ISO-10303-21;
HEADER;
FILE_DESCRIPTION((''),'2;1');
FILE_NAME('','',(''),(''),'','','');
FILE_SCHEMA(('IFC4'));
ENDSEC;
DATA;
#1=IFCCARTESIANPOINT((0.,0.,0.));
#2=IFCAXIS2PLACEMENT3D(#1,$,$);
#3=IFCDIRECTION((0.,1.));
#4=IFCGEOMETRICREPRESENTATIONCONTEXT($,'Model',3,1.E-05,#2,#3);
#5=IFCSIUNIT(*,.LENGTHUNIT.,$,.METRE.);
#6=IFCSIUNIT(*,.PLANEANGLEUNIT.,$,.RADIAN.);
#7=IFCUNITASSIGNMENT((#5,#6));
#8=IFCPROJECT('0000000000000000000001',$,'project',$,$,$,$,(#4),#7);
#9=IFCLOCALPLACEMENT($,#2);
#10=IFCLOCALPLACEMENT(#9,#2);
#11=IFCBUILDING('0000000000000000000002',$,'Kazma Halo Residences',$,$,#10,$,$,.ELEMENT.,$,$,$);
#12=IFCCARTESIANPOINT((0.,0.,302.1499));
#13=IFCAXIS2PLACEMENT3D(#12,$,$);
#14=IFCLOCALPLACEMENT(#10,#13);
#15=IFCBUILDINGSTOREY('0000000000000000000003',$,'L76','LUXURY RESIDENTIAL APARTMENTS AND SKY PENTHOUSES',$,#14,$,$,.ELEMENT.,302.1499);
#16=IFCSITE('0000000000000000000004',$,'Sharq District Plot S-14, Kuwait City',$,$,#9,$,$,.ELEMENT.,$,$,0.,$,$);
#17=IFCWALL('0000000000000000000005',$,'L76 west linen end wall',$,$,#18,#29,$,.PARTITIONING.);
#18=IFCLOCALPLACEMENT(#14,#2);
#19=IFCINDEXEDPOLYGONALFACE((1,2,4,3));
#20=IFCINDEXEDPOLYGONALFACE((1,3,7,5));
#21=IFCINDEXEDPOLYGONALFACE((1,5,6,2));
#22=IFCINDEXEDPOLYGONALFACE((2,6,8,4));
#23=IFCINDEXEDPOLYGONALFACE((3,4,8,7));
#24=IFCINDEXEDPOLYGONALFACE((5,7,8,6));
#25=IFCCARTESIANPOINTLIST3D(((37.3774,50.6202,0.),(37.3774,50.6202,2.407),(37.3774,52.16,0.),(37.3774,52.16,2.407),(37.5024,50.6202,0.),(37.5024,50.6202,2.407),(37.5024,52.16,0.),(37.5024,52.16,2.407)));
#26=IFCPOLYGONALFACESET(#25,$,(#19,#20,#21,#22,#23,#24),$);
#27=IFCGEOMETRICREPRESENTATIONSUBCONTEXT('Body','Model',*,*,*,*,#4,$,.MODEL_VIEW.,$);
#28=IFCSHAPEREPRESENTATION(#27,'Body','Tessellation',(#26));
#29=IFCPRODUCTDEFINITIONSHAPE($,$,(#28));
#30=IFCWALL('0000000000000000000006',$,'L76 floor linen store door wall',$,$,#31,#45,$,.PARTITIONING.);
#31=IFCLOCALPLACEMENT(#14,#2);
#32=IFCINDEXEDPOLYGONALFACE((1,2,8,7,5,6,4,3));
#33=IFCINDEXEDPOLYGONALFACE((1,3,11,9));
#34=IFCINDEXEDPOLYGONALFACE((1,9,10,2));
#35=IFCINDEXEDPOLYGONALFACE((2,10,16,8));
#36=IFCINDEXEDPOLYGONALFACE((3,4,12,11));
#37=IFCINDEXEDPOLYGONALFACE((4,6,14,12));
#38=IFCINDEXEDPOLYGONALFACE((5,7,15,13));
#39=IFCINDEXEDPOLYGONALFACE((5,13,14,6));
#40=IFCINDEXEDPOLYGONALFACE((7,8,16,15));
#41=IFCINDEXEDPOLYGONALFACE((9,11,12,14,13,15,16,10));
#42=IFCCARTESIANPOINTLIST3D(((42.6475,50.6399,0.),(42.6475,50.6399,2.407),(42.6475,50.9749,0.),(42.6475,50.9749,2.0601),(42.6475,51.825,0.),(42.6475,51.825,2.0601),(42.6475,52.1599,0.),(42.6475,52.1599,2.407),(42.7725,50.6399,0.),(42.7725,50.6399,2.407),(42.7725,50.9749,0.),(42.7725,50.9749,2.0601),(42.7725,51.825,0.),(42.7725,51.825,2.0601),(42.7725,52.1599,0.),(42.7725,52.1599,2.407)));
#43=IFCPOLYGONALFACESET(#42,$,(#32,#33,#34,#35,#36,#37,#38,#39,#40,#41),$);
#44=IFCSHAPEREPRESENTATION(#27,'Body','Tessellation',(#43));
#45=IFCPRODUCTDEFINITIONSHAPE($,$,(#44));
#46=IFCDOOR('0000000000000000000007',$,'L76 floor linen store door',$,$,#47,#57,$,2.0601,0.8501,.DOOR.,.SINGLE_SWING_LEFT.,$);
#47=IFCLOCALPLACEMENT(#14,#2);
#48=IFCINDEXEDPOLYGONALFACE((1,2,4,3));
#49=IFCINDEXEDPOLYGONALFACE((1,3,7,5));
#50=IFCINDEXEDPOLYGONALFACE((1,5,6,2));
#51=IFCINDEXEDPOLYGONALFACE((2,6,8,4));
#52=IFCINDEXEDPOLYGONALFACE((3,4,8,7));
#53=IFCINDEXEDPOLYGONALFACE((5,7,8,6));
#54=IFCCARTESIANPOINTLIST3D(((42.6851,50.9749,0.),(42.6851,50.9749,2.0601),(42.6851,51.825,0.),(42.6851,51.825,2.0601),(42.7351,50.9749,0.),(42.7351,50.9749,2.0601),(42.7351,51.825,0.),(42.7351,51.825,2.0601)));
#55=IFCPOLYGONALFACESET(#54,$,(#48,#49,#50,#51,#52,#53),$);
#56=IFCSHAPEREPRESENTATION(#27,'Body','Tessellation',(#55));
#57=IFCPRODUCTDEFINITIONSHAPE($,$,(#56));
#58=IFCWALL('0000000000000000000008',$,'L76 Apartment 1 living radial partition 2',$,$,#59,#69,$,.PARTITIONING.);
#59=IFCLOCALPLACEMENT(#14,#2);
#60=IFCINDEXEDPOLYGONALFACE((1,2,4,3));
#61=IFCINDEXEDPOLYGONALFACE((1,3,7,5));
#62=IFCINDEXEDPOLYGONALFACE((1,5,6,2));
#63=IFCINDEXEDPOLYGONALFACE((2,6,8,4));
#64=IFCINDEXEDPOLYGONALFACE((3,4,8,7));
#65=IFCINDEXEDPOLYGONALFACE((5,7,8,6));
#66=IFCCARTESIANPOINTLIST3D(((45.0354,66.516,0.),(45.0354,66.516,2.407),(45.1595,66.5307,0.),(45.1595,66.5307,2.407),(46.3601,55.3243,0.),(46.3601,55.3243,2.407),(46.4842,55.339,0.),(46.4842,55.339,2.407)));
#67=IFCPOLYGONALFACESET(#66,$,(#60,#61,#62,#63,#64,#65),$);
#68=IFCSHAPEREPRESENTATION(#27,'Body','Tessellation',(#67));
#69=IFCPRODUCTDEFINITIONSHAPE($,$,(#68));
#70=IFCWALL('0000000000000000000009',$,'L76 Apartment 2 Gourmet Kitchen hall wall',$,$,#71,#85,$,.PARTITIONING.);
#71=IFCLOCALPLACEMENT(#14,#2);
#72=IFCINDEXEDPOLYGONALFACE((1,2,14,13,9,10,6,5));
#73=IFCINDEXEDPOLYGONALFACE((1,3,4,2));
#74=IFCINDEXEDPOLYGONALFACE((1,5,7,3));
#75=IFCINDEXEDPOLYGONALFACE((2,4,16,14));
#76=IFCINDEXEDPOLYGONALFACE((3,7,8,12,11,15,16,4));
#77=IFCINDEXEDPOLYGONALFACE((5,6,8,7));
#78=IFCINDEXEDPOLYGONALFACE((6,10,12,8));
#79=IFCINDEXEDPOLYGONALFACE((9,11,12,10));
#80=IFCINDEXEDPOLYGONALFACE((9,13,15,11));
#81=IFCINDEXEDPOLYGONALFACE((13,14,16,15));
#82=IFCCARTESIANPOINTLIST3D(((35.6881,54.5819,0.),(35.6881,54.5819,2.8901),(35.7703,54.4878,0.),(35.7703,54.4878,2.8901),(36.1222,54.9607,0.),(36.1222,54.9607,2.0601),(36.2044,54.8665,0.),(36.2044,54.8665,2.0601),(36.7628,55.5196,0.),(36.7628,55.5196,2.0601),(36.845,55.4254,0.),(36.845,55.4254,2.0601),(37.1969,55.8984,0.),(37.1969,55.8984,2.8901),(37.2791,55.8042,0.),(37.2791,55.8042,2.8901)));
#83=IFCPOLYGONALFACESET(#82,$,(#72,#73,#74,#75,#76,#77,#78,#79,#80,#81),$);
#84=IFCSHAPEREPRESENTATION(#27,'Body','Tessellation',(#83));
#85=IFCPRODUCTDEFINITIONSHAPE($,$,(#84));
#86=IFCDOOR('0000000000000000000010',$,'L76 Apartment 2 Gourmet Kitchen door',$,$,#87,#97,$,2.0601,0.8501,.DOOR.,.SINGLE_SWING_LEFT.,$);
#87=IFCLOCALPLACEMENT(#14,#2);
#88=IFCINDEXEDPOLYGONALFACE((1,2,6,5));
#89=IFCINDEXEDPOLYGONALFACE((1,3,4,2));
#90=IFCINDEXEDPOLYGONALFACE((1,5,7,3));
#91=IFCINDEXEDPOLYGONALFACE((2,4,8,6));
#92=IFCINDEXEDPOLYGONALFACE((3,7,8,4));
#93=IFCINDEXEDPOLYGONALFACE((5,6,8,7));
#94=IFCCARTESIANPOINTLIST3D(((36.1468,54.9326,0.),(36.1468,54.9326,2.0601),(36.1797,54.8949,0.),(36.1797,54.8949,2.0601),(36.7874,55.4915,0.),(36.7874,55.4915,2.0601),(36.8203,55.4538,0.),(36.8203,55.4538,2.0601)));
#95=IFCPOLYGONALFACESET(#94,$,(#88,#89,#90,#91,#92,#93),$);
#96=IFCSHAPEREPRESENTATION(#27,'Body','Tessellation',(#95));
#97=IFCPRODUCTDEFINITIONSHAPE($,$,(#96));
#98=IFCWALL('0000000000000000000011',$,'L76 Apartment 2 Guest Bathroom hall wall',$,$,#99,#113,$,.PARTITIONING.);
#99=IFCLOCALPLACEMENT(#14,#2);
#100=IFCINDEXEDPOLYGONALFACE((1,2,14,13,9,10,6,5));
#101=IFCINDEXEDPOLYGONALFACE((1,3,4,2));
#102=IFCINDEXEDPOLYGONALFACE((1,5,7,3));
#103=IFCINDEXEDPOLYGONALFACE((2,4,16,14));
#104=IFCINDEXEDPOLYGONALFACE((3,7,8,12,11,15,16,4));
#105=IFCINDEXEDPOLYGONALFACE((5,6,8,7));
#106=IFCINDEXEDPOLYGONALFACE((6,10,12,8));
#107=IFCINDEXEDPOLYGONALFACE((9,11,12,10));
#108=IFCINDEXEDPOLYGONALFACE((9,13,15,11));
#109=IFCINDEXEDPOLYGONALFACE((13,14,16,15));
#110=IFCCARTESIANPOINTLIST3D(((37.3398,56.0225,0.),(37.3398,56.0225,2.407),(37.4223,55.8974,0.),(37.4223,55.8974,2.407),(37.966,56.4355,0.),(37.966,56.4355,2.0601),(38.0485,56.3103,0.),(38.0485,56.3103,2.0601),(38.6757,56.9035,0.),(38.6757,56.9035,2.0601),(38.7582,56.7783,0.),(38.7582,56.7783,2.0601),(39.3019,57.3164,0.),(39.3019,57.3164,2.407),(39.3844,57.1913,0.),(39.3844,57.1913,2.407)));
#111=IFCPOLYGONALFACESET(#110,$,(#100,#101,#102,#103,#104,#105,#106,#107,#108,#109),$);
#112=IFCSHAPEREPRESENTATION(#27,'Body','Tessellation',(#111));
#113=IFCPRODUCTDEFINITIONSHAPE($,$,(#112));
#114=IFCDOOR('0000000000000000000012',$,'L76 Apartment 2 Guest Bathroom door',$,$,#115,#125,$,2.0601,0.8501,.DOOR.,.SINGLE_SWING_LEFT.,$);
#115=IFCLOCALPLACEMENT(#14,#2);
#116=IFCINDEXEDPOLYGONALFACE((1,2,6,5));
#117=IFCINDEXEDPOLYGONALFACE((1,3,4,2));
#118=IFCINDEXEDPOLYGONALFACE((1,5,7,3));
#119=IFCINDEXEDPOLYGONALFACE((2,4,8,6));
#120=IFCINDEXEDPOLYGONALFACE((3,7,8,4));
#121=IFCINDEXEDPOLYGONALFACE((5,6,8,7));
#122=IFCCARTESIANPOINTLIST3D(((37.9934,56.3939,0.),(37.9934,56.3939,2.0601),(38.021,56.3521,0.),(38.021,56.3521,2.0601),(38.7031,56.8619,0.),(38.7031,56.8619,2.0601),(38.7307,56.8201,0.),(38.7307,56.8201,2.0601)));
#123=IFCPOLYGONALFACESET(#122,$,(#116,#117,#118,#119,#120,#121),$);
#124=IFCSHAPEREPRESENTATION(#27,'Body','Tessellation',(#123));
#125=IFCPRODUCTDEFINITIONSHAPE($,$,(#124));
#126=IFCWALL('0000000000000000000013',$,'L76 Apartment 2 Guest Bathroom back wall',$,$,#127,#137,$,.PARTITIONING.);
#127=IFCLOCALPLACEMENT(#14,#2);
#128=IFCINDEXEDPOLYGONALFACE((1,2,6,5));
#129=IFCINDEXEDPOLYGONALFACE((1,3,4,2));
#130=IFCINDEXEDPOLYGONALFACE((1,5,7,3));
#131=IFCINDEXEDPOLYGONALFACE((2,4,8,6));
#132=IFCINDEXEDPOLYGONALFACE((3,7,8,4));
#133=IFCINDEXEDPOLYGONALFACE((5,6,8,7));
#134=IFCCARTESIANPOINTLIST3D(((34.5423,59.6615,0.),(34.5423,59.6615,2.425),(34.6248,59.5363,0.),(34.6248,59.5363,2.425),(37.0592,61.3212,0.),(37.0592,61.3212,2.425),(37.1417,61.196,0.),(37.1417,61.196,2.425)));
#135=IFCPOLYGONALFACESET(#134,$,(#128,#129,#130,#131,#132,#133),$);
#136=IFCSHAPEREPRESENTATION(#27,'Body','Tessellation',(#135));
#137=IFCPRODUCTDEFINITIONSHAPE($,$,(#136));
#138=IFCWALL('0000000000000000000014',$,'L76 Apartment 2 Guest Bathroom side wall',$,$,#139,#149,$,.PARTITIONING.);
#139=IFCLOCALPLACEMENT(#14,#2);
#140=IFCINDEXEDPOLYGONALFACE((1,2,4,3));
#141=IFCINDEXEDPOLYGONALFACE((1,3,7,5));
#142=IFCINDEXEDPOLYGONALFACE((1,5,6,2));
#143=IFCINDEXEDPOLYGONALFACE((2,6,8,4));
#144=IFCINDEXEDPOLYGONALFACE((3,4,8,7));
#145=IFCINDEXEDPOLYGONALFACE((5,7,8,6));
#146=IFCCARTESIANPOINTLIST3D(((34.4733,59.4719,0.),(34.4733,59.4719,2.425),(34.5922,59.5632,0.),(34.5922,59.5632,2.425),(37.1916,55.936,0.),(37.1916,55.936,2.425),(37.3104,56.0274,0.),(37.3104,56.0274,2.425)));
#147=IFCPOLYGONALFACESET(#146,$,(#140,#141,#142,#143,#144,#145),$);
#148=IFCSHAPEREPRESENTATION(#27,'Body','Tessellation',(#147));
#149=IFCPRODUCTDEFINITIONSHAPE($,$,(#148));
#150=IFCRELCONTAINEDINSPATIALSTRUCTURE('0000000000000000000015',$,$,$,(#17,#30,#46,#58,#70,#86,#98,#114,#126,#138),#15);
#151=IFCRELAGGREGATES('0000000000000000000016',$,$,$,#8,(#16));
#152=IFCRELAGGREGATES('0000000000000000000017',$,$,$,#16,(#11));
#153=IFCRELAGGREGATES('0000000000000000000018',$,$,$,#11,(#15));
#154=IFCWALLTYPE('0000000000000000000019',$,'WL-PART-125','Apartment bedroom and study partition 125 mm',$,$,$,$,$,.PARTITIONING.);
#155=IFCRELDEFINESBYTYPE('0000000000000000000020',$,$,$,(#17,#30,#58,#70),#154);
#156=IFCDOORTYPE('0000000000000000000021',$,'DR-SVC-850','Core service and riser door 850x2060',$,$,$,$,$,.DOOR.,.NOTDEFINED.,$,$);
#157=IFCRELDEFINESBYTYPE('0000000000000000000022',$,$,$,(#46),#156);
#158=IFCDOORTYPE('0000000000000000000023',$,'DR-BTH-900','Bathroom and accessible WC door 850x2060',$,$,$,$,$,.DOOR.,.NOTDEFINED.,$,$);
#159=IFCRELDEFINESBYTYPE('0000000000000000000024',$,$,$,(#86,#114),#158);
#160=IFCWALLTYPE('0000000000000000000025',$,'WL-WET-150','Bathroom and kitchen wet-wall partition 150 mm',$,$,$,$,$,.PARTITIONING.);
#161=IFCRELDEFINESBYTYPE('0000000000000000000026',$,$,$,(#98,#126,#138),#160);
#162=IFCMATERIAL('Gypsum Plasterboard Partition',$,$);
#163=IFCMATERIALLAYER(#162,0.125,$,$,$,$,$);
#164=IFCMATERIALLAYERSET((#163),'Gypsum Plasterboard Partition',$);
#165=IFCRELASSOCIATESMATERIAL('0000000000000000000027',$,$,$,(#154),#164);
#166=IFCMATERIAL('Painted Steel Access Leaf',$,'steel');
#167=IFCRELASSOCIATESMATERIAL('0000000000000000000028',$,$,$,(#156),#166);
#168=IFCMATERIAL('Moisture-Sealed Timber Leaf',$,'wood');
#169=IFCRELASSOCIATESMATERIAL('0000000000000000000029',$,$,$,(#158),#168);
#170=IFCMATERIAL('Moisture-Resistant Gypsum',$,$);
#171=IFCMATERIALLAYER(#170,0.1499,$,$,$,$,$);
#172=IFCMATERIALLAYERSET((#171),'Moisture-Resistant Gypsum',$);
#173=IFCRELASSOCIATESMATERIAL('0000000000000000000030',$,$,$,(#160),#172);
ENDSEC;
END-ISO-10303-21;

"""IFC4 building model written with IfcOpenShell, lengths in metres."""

from ifc_helpers import new_model, si_unit, direction, frame, frame_2d, origin, place, context, subcontext, project, spatial, rectangle, extrude, material, layer, layer_set, type_object, element, fill, save


model = new_model("IFC4")

# Units and contexts
model_context = context("Model", 3, precision=1e-05, world=origin(), true_north=direction((0.0, 1.0)))
body_context = subcontext(model_context, "Body", "Model", "MODEL_VIEW")
ifc_project = project(units=[si_unit("LENGTHUNIT", "METRE"), si_unit("PLANEANGLEUNIT", "RADIAN")], contexts=[model_context])

# Site, building, storey
site_placement = place(None, origin())
site = spatial("IfcSite", under=ifc_project, at=site_placement, Name="Sharq District Plot S-14, Kuwait City", CompositionType="ELEMENT", RefElevation=0.0)
building_placement = place(site_placement, origin())
building = spatial("IfcBuilding", under=site, at=building_placement, Name="Kazma Halo Residences", CompositionType="ELEMENT")
storey_placement = place(building_placement, frame((0.0, 0.0, 302.1499)))
storey = spatial("IfcBuildingStorey", under=building, at=storey_placement, Name="L76", Description="LUXURY RESIDENTIAL APARTMENTS AND SKY PENTHOUSES", CompositionType="ELEMENT", Elevation=302.1499)

# Wall
ifc_material_1 = material(Name="Gypsum Plasterboard Partition")
ifc_layer_1 = layer(ifc_material_1, 0.125)
ifc_layer_set_1 = layer_set([ifc_layer_1], Name="Gypsum Plasterboard Partition")
wall_type_1 = type_object("IfcWallType", Name="WL-PART-125", Description="Apartment bedroom and study partition 125 mm", PredefinedType="PARTITIONING", material=ifc_layer_set_1)
wall_1_placement = place(storey_placement, frame((37.4399, 50.6201, 0.0), z_axis=(0.0, 0.0, 1.0), x_axis=(0.0, 1.0, 0.0)))
element("IfcWall", 1, at=wall_1_placement, inside=storey, type_object=wall_type_1, Name="L76 west linen end wall", PredefinedType="PARTITIONING", context=body_context, shape_type="SweptSolid", body=[
    extrude(rectangle(XDim=1.5398, YDim=0.125, at=frame_2d((0.77, 0.0))), origin(), (0.0, 0.0, 1.0), 2.407),
])

# Wall, opening, door
wall_2_placement = place(storey_placement, frame((42.71, 50.6399, 0.0), z_axis=(0.0, 0.0, 1.0), x_axis=(0.0, 1.0, 0.0)))
wall_2 = element("IfcWall", 2, at=wall_2_placement, inside=storey, type_object=wall_type_1, Name="L76 floor linen store door wall", PredefinedType="PARTITIONING", context=body_context, shape_type="SweptSolid", body=[
    extrude(rectangle(XDim=1.52, YDim=0.125, at=frame_2d((0.76, 0.0))), origin(), (0.0, 0.0, 1.0), 2.407),
])
opening_1_placement = place(wall_2_placement, frame((0.335, 0.0, 0.0)))
opening_1 = element("IfcOpeningElement", 3, at=opening_1_placement, cuts=wall_2, PredefinedType="OPENING", context=body_context, shape_type="SweptSolid", body=[
    extrude(rectangle(XDim=0.8501, YDim=2.0601, at=frame_2d((0.425, 1.03))), frame((0.0, 0.0725, 0.0), z_axis=(0.0, -1.0, 0.0), x_axis=(1.0, 0.0, 0.0)), (0.0, 0.0, 1.0), 0.145),
])
ifc_material_2 = material(Name="Painted Steel Access Leaf", Category="steel")
door_type_1 = type_object("IfcDoorType", Name="DR-SVC-850", Description="Core service and riser door 850x2060", OperationType="NOTDEFINED", PredefinedType="DOOR", material=ifc_material_2)
door_1_placement = place(opening_1_placement, origin())
door_1 = element("IfcDoor", 4, at=door_1_placement, inside=storey, type_object=door_type_1, Name="L76 floor linen store door", OperationType="SINGLE_SWING_LEFT", OverallHeight=2.0601, OverallWidth=0.8501, PredefinedType="DOOR", context=body_context, shape_type="SweptSolid", body=[
    extrude(rectangle(XDim=0.8501, YDim=2.0601, at=frame_2d((0.425, 1.03))), frame((0.0, 0.0249, 0.0), z_axis=(0.0, -1.0, 0.0), x_axis=(1.0, 0.0, 0.0)), (0.0, 0.0, 1.0), 0.05),
])
fill(opening_1, door_1)

# Wall
wall_3_placement = place(storey_placement, frame((46.4221, 55.3318, 0.0), z_axis=(0.0, 0.0, 1.0), x_axis=(-0.117545, 0.993068, 0.0)))
element("IfcWall", 5, at=wall_3_placement, inside=storey, type_object=wall_type_1, Name="L76 Apartment 1 living radial partition 2", PredefinedType="PARTITIONING", context=body_context, shape_type="SweptSolid", body=[
    extrude(rectangle(XDim=11.2698, YDim=0.125, at=frame_2d((5.6348, 0.0))), origin(), (0.0, 0.0, 1.0), 2.407),
])

# Walls, openings, doors
wall_4_placement = place(storey_placement, frame((37.238, 55.8513, 0.0), z_axis=(0.0, 0.0, 1.0), x_axis=(-0.753513, -0.657434, 0.0)))
wall_4 = element("IfcWall", 6, at=wall_4_placement, inside=storey, type_object=wall_type_1, Name="L76 Apartment 2 Gourmet Kitchen hall wall", PredefinedType="PARTITIONING", context=body_context, shape_type="SweptSolid", body=[
    extrude(rectangle(XDim=2.0024, YDim=0.125, at=frame_2d((1.0012, 0.0))), origin(), (0.0, 0.0, 1.0), 2.8901),
])
opening_2_placement = place(wall_4_placement, frame((0.5762, 0.0, 0.0)))
opening_2 = element("IfcOpeningElement", 7, at=opening_2_placement, cuts=wall_4, PredefinedType="OPENING", context=body_context, shape_type="SweptSolid", body=[
    extrude(rectangle(XDim=0.8501, YDim=2.0601, at=frame_2d((0.425, 1.03))), frame((0.0, 0.0725, 0.0), z_axis=(0.0, -1.0, 0.0), x_axis=(1.0, 0.0, 0.0)), (0.0, 0.0, 1.0), 0.145),
])
ifc_material_3 = material(Name="Moisture-Sealed Timber Leaf", Category="wood")
door_type_2 = type_object("IfcDoorType", Name="DR-BTH-900", Description="Bathroom and accessible WC door 850x2060", OperationType="NOTDEFINED", PredefinedType="DOOR", material=ifc_material_3)
door_2_placement = place(opening_2_placement, origin())
door_2 = element("IfcDoor", 8, at=door_2_placement, inside=storey, type_object=door_type_2, Name="L76 Apartment 2 Gourmet Kitchen door", OperationType="SINGLE_SWING_LEFT", OverallHeight=2.0601, OverallWidth=0.8501, PredefinedType="DOOR", context=body_context, shape_type="SweptSolid", body=[
    extrude(rectangle(XDim=0.8501, YDim=2.0601, at=frame_2d((0.425, 1.03))), frame((0.0, 0.0249, 0.0), z_axis=(0.0, -1.0, 0.0), x_axis=(1.0, 0.0, 0.0)), (0.0, 0.0, 1.0), 0.05),
])
fill(opening_2, door_2)
ifc_material_4 = material(Name="Moisture-Resistant Gypsum")
ifc_layer_2 = layer(ifc_material_4, 0.1499)
ifc_layer_set_2 = layer_set([ifc_layer_2], Name="Moisture-Resistant Gypsum")
wall_type_2 = type_object("IfcWallType", Name="WL-WET-150", Description="Bathroom and kitchen wet-wall partition 150 mm", PredefinedType="PARTITIONING", material=ifc_layer_set_2)
wall_5_placement = place(storey_placement, frame((39.3433, 57.2539, 0.0), z_axis=(0.0, 0.0, 1.0), x_axis=(-0.83482, -0.550522, 0.0)))
wall_5 = element("IfcWall", 9, at=wall_5_placement, inside=storey, type_object=wall_type_2, Name="L76 Apartment 2 Guest Bathroom hall wall", PredefinedType="PARTITIONING", context=body_context, shape_type="SweptSolid", body=[
    extrude(rectangle(XDim=2.3503, YDim=0.1499, at=frame_2d((1.1753, 0.0))), origin(), (0.0, 0.0, 1.0), 2.407),
])
opening_3_placement = place(wall_5_placement, frame((0.7502, 0.0, 0.0)))
opening_3 = element("IfcOpeningElement", 10, at=opening_3_placement, cuts=wall_5, PredefinedType="OPENING", context=body_context, shape_type="SweptSolid", body=[
    extrude(rectangle(XDim=0.8501, YDim=2.0601, at=frame_2d((0.425, 1.03))), frame((0.0, 0.085, 0.0), z_axis=(0.0, -1.0, 0.0), x_axis=(1.0, 0.0, 0.0)), (0.0, 0.0, 1.0), 0.1699),
])
door_3_placement = place(opening_3_placement, origin())
door_3 = element("IfcDoor", 11, at=door_3_placement, inside=storey, type_object=door_type_2, Name="L76 Apartment 2 Guest Bathroom door", OperationType="SINGLE_SWING_LEFT", OverallHeight=2.0601, OverallWidth=0.8501, PredefinedType="DOOR", context=body_context, shape_type="SweptSolid", body=[
    extrude(rectangle(XDim=0.8501, YDim=2.0601, at=frame_2d((0.425, 1.03))), frame((0.0, 0.0249, 0.0), z_axis=(0.0, -1.0, 0.0), x_axis=(1.0, 0.0, 0.0)), (0.0, 0.0, 1.0), 0.05),
])
fill(opening_3, door_3)

# Walls
wall_6_placement = place(storey_placement, frame((37.1003, 61.2585, 0.0), z_axis=(0.0, 0.0, 1.0), x_axis=(-0.83483, -0.550507, 0.0)))
element("IfcWall", 12, at=wall_6_placement, inside=storey, type_object=wall_type_2, Name="L76 Apartment 2 Guest Bathroom back wall", PredefinedType="PARTITIONING", context=body_context, shape_type="SweptSolid", body=[
    extrude(rectangle(XDim=3.0149, YDim=0.1499, at=frame_2d((1.5073, 0.0))), origin(), (0.0, 0.0, 1.0), 2.425),
])
wall_7_placement = place(storey_placement, frame((37.251, 55.9817, 0.0), z_axis=(0.0, 0.0, 1.0), x_axis=(-0.609478, 0.792803, 0.0)))
element("IfcWall", 13, at=wall_7_placement, inside=storey, type_object=wall_type_2, Name="L76 Apartment 2 Guest Bathroom side wall", PredefinedType="PARTITIONING", context=body_context, shape_type="SweptSolid", body=[
    extrude(rectangle(XDim=4.46, YDim=0.1499, at=frame_2d((2.23, 0.0))), origin(), (0.0, 0.0, 1.0), 2.425),
])

save(model, "model.ifc")
